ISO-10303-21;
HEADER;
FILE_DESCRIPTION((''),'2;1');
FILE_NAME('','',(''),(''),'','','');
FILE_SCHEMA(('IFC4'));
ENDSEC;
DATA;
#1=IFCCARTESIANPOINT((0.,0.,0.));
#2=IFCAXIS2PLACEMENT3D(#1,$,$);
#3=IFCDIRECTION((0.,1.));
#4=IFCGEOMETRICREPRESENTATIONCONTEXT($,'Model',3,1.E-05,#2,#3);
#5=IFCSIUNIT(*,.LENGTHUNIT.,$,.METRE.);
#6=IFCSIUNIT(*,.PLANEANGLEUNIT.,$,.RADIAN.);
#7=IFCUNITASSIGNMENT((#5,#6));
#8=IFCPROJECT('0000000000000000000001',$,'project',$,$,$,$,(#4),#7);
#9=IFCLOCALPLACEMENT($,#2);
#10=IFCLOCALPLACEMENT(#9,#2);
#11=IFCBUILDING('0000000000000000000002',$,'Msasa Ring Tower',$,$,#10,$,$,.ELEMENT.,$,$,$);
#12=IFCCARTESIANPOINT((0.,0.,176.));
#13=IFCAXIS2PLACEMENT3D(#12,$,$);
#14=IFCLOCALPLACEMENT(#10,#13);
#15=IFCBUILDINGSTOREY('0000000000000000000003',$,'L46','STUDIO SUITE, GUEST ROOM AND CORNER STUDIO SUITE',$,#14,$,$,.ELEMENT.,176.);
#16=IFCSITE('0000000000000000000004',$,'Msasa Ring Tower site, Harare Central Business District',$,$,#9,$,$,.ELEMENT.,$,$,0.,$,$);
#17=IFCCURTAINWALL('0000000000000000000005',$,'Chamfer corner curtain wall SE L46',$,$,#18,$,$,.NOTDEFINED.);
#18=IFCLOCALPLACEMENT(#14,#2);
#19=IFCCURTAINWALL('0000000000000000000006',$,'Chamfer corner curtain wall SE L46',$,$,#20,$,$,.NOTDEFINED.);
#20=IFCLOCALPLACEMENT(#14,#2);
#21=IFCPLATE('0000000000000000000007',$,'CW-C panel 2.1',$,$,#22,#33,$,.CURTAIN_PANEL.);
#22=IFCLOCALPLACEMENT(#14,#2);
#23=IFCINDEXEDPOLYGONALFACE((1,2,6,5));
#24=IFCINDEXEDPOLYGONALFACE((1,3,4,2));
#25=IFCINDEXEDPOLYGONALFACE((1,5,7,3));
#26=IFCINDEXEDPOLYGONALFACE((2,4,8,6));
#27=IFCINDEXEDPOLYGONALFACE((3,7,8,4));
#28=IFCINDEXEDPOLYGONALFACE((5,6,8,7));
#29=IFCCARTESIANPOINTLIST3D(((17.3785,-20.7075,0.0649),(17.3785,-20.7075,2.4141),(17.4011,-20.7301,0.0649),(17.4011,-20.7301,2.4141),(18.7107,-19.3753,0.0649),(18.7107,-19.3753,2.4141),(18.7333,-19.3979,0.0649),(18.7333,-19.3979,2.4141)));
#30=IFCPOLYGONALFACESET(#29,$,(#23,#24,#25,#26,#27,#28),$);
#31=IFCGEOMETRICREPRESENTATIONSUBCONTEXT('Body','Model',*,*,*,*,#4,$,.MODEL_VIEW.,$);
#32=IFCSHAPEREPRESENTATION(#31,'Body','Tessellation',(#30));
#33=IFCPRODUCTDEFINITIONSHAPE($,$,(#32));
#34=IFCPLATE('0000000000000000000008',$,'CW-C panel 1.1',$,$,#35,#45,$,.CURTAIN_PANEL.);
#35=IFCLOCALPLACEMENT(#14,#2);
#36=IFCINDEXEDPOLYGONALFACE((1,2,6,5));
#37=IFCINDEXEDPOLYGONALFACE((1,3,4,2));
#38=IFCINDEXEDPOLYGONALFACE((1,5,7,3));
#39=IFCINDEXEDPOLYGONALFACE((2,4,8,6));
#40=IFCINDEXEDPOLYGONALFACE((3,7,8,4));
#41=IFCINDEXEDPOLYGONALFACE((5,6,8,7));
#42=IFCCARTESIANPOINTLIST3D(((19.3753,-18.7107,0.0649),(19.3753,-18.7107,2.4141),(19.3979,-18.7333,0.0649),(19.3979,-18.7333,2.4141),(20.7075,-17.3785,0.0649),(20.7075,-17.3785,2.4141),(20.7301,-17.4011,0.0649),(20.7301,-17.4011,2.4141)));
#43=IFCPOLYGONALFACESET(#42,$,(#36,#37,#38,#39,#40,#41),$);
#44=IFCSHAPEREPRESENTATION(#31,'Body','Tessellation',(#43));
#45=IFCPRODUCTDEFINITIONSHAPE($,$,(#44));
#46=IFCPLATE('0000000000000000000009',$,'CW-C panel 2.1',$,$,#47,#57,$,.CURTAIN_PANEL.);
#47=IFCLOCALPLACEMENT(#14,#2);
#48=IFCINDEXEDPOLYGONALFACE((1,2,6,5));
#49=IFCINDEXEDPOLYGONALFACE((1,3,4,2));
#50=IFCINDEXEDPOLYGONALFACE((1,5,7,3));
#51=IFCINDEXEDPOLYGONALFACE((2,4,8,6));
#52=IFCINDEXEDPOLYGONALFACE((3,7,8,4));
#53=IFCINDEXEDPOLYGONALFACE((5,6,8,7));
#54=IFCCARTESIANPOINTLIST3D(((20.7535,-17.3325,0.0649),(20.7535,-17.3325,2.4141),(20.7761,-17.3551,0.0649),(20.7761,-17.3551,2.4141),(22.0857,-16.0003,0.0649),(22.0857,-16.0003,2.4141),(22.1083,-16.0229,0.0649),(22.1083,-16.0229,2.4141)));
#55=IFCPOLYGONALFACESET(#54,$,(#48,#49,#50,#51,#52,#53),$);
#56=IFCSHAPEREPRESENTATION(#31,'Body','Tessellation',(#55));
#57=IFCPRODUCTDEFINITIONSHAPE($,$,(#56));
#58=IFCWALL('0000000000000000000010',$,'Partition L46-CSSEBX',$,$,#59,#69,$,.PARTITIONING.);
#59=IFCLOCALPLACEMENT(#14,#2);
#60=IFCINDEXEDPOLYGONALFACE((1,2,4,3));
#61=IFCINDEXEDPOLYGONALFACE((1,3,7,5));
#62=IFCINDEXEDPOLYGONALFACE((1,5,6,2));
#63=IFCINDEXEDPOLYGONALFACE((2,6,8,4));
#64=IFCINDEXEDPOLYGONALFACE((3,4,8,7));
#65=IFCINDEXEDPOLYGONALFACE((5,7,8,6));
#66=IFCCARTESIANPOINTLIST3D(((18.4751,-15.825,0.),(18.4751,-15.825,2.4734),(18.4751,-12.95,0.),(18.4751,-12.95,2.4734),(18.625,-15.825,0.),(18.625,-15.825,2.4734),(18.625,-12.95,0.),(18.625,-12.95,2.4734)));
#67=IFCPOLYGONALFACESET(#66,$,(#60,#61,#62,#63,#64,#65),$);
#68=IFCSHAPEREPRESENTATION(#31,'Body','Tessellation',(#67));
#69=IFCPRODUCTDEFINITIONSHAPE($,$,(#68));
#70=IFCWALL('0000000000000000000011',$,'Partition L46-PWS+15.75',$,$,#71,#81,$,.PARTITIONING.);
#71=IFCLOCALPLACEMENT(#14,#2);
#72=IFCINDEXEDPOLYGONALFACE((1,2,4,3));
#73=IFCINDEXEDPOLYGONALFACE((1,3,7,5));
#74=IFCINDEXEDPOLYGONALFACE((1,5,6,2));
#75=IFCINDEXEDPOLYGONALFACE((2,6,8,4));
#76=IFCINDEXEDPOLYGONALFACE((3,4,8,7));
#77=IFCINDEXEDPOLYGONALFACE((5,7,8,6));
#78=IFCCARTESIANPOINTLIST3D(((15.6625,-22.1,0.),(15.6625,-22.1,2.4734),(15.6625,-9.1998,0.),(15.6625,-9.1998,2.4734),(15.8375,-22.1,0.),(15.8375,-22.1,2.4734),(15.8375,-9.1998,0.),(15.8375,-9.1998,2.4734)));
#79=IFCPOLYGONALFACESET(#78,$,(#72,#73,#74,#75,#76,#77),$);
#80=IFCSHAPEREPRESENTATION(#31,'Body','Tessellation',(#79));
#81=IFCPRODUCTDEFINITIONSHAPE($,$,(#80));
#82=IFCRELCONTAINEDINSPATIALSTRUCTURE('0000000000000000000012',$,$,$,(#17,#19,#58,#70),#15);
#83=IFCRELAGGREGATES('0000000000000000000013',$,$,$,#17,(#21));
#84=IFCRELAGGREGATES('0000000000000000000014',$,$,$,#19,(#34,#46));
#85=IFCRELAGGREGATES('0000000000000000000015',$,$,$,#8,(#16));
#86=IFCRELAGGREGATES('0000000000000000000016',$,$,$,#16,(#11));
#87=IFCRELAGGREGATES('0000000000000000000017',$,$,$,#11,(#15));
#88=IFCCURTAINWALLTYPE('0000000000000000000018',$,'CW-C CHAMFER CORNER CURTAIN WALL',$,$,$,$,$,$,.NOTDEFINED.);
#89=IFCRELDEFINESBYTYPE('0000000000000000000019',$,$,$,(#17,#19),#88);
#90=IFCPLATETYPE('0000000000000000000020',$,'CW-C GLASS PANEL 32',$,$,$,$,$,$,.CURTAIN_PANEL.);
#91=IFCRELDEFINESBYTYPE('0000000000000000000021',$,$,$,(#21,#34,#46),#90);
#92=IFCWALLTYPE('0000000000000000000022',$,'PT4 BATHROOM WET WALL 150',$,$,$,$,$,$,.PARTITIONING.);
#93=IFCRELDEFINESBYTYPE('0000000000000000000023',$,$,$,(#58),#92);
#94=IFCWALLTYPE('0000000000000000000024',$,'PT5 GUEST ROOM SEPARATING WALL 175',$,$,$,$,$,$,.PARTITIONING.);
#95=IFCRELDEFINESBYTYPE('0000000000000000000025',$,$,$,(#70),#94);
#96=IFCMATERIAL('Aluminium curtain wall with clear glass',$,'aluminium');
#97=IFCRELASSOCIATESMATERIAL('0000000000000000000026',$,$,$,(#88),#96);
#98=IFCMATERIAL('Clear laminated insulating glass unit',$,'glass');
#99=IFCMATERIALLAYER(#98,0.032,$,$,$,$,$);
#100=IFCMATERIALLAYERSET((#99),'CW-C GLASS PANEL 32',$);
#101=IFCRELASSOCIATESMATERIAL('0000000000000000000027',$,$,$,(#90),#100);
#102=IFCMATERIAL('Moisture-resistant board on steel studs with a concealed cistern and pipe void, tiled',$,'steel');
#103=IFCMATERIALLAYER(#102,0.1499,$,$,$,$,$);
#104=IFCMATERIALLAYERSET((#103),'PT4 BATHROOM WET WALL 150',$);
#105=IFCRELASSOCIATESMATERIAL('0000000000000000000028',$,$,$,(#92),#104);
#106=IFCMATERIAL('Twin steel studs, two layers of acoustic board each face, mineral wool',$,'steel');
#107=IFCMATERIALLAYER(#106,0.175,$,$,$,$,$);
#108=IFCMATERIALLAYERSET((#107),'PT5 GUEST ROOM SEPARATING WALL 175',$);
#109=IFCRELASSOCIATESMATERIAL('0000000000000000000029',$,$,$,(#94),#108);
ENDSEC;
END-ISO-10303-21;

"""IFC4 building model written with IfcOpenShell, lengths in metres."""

from ifc_helpers import new_model, si_unit, direction, frame, frame_2d, origin, origin_2d, place, context, subcontext, project, spatial, rectangle, extrude, material, layer, layer_set, type_object, element, aggregate, save


model = new_model("IFC4")

# Units and contexts
model_context = context("Model", 3, precision=1e-05, world=origin(), true_north=direction((0.0, 1.0)))
body_context = subcontext(model_context, "Body", "Model", "MODEL_VIEW")
ifc_project = project(units=[si_unit("LENGTHUNIT", "METRE"), si_unit("PLANEANGLEUNIT", "RADIAN")], contexts=[model_context])

# Site, building, storey
site_placement = place(None, origin())
site = spatial("IfcSite", under=ifc_project, at=site_placement, Name="Msasa Ring Tower site, Harare Central Business District", CompositionType="ELEMENT", RefElevation=0.0)
building_placement = place(site_placement, origin())
building = spatial("IfcBuilding", under=site, at=building_placement, Name="Msasa Ring Tower", CompositionType="ELEMENT")
storey_placement = place(building_placement, frame((0.0, 0.0, 176.0)))
storey = spatial("IfcBuildingStorey", under=building, at=storey_placement, Name="L46", Description="STUDIO SUITE, GUEST ROOM AND CORNER STUDIO SUITE", CompositionType="ELEMENT", Elevation=176.0)

# Curtain walls
ifc_material_1 = material(Name="Aluminium curtain wall with clear glass", Category="aluminium")
curtain_wall_type = type_object("IfcCurtainWallType", Name="CW-C CHAMFER CORNER CURTAIN WALL", PredefinedType="NOTDEFINED", material=ifc_material_1)
curtain_wall_1_placement = place(storey_placement, origin())
curtain_wall_1 = element("IfcCurtainWall", 1, at=curtain_wall_1_placement, inside=storey, type_object=curtain_wall_type, Name="Chamfer corner curtain wall SE L46", PredefinedType="NOTDEFINED")
curtain_wall_2_placement = place(storey_placement, origin())
curtain_wall_2 = element("IfcCurtainWall", 2, at=curtain_wall_2_placement, inside=storey, type_object=curtain_wall_type, Name="Chamfer corner curtain wall SE L46", PredefinedType="NOTDEFINED")

# Plates
ifc_material_2 = material(Name="Clear laminated insulating glass unit", Category="glass")
ifc_layer_1 = layer(ifc_material_2, 0.032)
ifc_layer_set_1 = layer_set([ifc_layer_1], Name="CW-C GLASS PANEL 32")
plate_type = type_object("IfcPlateType", Name="CW-C GLASS PANEL 32", PredefinedType="CURTAIN_PANEL", material=ifc_layer_set_1)
plate_1_placement = place(storey_placement, frame((18.0559, -20.0527, 0.0649), z_axis=(0.0, 0.0, 1.0), x_axis=(0.707107, 0.707107, 0.0)))
plate_1 = element("IfcPlate", 3, at=plate_1_placement, type_object=plate_type, Name="CW-C panel 2.1", PredefinedType="CURTAIN_PANEL", context=body_context, shape_type="SweptSolid", body=[
    extrude(rectangle(XDim=1.884, YDim=0.032, at=origin_2d()), origin(), (0.0, 0.0, 1.0), 2.3491),
])
aggregate(curtain_wall_1, [plate_1])
plate_2_placement = place(storey_placement, frame((20.0527, -18.0559, 0.0649), z_axis=(0.0, 0.0, 1.0), x_axis=(0.707107, 0.707107, 0.0)))
plate_2 = element("IfcPlate", 4, at=plate_2_placement, type_object=plate_type, Name="CW-C panel 1.1", PredefinedType="CURTAIN_PANEL", context=body_context, shape_type="SweptSolid", body=[
    extrude(rectangle(XDim=1.884, YDim=0.032, at=origin_2d()), origin(), (0.0, 0.0, 1.0), 2.3491),
])
plate_3_placement = place(storey_placement, frame((21.4309, -16.6777, 0.0649), z_axis=(0.0, 0.0, 1.0), x_axis=(0.707107, 0.707107, 0.0)))
plate_3 = element("IfcPlate", 5, at=plate_3_placement, type_object=plate_type, Name="CW-C panel 2.1", PredefinedType="CURTAIN_PANEL", context=body_context, shape_type="SweptSolid", body=[
    extrude(rectangle(XDim=1.884, YDim=0.032, at=origin_2d()), origin(), (0.0, 0.0, 1.0), 2.3491),
])
aggregate(curtain_wall_2, [plate_2, plate_3])

# Walls
ifc_material_3 = material(Name="Moisture-resistant board on steel studs with a concealed cistern and pipe void, tiled", Category="steel")
ifc_layer_2 = layer(ifc_material_3, 0.1499)
ifc_layer_set_2 = layer_set([ifc_layer_2], Name="PT4 BATHROOM WET WALL 150")
wall_type_1 = type_object("IfcWallType", Name="PT4 BATHROOM WET WALL 150", PredefinedType="PARTITIONING", material=ifc_layer_set_2)
wall_1_placement = place(storey_placement, frame((18.55, -15.825, 0.0), z_axis=(0.0, 0.0, 1.0), x_axis=(0.0, 1.0, 0.0)))
element("IfcWall", 6, at=wall_1_placement, inside=storey, type_object=wall_type_1, Name="Partition L46-CSSEBX", PredefinedType="PARTITIONING", context=body_context, shape_type="SweptSolid", body=[
    extrude(rectangle(XDim=2.875, YDim=0.1499, at=frame_2d((1.4375, 0.0))), origin(), (0.0, 0.0, 1.0), 2.4734),
])
ifc_material_4 = material(Name="Twin steel studs, two layers of acoustic board each face, mineral wool", Category="steel")
ifc_layer_3 = layer(ifc_material_4, 0.175)
ifc_layer_set_3 = layer_set([ifc_layer_3], Name="PT5 GUEST ROOM SEPARATING WALL 175")
wall_type_2 = type_object("IfcWallType", Name="PT5 GUEST ROOM SEPARATING WALL 175", PredefinedType="PARTITIONING", material=ifc_layer_set_3)
wall_2_placement = place(storey_placement, frame((15.75, -22.1001, 0.0), z_axis=(0.0, 0.0, 1.0), x_axis=(0.0, 1.0, 0.0)))
element("IfcWall", 7, at=wall_2_placement, inside=storey, type_object=wall_type_2, Name="Partition L46-PWS+15.75", PredefinedType="PARTITIONING", context=body_context, shape_type="SweptSolid", body=[
    extrude(rectangle(XDim=12.9001, YDim=0.175, at=frame_2d((6.4502, 0.0))), origin(), (0.0, 0.0, 1.0), 2.4734),
])

save(model, "model.ifc")
